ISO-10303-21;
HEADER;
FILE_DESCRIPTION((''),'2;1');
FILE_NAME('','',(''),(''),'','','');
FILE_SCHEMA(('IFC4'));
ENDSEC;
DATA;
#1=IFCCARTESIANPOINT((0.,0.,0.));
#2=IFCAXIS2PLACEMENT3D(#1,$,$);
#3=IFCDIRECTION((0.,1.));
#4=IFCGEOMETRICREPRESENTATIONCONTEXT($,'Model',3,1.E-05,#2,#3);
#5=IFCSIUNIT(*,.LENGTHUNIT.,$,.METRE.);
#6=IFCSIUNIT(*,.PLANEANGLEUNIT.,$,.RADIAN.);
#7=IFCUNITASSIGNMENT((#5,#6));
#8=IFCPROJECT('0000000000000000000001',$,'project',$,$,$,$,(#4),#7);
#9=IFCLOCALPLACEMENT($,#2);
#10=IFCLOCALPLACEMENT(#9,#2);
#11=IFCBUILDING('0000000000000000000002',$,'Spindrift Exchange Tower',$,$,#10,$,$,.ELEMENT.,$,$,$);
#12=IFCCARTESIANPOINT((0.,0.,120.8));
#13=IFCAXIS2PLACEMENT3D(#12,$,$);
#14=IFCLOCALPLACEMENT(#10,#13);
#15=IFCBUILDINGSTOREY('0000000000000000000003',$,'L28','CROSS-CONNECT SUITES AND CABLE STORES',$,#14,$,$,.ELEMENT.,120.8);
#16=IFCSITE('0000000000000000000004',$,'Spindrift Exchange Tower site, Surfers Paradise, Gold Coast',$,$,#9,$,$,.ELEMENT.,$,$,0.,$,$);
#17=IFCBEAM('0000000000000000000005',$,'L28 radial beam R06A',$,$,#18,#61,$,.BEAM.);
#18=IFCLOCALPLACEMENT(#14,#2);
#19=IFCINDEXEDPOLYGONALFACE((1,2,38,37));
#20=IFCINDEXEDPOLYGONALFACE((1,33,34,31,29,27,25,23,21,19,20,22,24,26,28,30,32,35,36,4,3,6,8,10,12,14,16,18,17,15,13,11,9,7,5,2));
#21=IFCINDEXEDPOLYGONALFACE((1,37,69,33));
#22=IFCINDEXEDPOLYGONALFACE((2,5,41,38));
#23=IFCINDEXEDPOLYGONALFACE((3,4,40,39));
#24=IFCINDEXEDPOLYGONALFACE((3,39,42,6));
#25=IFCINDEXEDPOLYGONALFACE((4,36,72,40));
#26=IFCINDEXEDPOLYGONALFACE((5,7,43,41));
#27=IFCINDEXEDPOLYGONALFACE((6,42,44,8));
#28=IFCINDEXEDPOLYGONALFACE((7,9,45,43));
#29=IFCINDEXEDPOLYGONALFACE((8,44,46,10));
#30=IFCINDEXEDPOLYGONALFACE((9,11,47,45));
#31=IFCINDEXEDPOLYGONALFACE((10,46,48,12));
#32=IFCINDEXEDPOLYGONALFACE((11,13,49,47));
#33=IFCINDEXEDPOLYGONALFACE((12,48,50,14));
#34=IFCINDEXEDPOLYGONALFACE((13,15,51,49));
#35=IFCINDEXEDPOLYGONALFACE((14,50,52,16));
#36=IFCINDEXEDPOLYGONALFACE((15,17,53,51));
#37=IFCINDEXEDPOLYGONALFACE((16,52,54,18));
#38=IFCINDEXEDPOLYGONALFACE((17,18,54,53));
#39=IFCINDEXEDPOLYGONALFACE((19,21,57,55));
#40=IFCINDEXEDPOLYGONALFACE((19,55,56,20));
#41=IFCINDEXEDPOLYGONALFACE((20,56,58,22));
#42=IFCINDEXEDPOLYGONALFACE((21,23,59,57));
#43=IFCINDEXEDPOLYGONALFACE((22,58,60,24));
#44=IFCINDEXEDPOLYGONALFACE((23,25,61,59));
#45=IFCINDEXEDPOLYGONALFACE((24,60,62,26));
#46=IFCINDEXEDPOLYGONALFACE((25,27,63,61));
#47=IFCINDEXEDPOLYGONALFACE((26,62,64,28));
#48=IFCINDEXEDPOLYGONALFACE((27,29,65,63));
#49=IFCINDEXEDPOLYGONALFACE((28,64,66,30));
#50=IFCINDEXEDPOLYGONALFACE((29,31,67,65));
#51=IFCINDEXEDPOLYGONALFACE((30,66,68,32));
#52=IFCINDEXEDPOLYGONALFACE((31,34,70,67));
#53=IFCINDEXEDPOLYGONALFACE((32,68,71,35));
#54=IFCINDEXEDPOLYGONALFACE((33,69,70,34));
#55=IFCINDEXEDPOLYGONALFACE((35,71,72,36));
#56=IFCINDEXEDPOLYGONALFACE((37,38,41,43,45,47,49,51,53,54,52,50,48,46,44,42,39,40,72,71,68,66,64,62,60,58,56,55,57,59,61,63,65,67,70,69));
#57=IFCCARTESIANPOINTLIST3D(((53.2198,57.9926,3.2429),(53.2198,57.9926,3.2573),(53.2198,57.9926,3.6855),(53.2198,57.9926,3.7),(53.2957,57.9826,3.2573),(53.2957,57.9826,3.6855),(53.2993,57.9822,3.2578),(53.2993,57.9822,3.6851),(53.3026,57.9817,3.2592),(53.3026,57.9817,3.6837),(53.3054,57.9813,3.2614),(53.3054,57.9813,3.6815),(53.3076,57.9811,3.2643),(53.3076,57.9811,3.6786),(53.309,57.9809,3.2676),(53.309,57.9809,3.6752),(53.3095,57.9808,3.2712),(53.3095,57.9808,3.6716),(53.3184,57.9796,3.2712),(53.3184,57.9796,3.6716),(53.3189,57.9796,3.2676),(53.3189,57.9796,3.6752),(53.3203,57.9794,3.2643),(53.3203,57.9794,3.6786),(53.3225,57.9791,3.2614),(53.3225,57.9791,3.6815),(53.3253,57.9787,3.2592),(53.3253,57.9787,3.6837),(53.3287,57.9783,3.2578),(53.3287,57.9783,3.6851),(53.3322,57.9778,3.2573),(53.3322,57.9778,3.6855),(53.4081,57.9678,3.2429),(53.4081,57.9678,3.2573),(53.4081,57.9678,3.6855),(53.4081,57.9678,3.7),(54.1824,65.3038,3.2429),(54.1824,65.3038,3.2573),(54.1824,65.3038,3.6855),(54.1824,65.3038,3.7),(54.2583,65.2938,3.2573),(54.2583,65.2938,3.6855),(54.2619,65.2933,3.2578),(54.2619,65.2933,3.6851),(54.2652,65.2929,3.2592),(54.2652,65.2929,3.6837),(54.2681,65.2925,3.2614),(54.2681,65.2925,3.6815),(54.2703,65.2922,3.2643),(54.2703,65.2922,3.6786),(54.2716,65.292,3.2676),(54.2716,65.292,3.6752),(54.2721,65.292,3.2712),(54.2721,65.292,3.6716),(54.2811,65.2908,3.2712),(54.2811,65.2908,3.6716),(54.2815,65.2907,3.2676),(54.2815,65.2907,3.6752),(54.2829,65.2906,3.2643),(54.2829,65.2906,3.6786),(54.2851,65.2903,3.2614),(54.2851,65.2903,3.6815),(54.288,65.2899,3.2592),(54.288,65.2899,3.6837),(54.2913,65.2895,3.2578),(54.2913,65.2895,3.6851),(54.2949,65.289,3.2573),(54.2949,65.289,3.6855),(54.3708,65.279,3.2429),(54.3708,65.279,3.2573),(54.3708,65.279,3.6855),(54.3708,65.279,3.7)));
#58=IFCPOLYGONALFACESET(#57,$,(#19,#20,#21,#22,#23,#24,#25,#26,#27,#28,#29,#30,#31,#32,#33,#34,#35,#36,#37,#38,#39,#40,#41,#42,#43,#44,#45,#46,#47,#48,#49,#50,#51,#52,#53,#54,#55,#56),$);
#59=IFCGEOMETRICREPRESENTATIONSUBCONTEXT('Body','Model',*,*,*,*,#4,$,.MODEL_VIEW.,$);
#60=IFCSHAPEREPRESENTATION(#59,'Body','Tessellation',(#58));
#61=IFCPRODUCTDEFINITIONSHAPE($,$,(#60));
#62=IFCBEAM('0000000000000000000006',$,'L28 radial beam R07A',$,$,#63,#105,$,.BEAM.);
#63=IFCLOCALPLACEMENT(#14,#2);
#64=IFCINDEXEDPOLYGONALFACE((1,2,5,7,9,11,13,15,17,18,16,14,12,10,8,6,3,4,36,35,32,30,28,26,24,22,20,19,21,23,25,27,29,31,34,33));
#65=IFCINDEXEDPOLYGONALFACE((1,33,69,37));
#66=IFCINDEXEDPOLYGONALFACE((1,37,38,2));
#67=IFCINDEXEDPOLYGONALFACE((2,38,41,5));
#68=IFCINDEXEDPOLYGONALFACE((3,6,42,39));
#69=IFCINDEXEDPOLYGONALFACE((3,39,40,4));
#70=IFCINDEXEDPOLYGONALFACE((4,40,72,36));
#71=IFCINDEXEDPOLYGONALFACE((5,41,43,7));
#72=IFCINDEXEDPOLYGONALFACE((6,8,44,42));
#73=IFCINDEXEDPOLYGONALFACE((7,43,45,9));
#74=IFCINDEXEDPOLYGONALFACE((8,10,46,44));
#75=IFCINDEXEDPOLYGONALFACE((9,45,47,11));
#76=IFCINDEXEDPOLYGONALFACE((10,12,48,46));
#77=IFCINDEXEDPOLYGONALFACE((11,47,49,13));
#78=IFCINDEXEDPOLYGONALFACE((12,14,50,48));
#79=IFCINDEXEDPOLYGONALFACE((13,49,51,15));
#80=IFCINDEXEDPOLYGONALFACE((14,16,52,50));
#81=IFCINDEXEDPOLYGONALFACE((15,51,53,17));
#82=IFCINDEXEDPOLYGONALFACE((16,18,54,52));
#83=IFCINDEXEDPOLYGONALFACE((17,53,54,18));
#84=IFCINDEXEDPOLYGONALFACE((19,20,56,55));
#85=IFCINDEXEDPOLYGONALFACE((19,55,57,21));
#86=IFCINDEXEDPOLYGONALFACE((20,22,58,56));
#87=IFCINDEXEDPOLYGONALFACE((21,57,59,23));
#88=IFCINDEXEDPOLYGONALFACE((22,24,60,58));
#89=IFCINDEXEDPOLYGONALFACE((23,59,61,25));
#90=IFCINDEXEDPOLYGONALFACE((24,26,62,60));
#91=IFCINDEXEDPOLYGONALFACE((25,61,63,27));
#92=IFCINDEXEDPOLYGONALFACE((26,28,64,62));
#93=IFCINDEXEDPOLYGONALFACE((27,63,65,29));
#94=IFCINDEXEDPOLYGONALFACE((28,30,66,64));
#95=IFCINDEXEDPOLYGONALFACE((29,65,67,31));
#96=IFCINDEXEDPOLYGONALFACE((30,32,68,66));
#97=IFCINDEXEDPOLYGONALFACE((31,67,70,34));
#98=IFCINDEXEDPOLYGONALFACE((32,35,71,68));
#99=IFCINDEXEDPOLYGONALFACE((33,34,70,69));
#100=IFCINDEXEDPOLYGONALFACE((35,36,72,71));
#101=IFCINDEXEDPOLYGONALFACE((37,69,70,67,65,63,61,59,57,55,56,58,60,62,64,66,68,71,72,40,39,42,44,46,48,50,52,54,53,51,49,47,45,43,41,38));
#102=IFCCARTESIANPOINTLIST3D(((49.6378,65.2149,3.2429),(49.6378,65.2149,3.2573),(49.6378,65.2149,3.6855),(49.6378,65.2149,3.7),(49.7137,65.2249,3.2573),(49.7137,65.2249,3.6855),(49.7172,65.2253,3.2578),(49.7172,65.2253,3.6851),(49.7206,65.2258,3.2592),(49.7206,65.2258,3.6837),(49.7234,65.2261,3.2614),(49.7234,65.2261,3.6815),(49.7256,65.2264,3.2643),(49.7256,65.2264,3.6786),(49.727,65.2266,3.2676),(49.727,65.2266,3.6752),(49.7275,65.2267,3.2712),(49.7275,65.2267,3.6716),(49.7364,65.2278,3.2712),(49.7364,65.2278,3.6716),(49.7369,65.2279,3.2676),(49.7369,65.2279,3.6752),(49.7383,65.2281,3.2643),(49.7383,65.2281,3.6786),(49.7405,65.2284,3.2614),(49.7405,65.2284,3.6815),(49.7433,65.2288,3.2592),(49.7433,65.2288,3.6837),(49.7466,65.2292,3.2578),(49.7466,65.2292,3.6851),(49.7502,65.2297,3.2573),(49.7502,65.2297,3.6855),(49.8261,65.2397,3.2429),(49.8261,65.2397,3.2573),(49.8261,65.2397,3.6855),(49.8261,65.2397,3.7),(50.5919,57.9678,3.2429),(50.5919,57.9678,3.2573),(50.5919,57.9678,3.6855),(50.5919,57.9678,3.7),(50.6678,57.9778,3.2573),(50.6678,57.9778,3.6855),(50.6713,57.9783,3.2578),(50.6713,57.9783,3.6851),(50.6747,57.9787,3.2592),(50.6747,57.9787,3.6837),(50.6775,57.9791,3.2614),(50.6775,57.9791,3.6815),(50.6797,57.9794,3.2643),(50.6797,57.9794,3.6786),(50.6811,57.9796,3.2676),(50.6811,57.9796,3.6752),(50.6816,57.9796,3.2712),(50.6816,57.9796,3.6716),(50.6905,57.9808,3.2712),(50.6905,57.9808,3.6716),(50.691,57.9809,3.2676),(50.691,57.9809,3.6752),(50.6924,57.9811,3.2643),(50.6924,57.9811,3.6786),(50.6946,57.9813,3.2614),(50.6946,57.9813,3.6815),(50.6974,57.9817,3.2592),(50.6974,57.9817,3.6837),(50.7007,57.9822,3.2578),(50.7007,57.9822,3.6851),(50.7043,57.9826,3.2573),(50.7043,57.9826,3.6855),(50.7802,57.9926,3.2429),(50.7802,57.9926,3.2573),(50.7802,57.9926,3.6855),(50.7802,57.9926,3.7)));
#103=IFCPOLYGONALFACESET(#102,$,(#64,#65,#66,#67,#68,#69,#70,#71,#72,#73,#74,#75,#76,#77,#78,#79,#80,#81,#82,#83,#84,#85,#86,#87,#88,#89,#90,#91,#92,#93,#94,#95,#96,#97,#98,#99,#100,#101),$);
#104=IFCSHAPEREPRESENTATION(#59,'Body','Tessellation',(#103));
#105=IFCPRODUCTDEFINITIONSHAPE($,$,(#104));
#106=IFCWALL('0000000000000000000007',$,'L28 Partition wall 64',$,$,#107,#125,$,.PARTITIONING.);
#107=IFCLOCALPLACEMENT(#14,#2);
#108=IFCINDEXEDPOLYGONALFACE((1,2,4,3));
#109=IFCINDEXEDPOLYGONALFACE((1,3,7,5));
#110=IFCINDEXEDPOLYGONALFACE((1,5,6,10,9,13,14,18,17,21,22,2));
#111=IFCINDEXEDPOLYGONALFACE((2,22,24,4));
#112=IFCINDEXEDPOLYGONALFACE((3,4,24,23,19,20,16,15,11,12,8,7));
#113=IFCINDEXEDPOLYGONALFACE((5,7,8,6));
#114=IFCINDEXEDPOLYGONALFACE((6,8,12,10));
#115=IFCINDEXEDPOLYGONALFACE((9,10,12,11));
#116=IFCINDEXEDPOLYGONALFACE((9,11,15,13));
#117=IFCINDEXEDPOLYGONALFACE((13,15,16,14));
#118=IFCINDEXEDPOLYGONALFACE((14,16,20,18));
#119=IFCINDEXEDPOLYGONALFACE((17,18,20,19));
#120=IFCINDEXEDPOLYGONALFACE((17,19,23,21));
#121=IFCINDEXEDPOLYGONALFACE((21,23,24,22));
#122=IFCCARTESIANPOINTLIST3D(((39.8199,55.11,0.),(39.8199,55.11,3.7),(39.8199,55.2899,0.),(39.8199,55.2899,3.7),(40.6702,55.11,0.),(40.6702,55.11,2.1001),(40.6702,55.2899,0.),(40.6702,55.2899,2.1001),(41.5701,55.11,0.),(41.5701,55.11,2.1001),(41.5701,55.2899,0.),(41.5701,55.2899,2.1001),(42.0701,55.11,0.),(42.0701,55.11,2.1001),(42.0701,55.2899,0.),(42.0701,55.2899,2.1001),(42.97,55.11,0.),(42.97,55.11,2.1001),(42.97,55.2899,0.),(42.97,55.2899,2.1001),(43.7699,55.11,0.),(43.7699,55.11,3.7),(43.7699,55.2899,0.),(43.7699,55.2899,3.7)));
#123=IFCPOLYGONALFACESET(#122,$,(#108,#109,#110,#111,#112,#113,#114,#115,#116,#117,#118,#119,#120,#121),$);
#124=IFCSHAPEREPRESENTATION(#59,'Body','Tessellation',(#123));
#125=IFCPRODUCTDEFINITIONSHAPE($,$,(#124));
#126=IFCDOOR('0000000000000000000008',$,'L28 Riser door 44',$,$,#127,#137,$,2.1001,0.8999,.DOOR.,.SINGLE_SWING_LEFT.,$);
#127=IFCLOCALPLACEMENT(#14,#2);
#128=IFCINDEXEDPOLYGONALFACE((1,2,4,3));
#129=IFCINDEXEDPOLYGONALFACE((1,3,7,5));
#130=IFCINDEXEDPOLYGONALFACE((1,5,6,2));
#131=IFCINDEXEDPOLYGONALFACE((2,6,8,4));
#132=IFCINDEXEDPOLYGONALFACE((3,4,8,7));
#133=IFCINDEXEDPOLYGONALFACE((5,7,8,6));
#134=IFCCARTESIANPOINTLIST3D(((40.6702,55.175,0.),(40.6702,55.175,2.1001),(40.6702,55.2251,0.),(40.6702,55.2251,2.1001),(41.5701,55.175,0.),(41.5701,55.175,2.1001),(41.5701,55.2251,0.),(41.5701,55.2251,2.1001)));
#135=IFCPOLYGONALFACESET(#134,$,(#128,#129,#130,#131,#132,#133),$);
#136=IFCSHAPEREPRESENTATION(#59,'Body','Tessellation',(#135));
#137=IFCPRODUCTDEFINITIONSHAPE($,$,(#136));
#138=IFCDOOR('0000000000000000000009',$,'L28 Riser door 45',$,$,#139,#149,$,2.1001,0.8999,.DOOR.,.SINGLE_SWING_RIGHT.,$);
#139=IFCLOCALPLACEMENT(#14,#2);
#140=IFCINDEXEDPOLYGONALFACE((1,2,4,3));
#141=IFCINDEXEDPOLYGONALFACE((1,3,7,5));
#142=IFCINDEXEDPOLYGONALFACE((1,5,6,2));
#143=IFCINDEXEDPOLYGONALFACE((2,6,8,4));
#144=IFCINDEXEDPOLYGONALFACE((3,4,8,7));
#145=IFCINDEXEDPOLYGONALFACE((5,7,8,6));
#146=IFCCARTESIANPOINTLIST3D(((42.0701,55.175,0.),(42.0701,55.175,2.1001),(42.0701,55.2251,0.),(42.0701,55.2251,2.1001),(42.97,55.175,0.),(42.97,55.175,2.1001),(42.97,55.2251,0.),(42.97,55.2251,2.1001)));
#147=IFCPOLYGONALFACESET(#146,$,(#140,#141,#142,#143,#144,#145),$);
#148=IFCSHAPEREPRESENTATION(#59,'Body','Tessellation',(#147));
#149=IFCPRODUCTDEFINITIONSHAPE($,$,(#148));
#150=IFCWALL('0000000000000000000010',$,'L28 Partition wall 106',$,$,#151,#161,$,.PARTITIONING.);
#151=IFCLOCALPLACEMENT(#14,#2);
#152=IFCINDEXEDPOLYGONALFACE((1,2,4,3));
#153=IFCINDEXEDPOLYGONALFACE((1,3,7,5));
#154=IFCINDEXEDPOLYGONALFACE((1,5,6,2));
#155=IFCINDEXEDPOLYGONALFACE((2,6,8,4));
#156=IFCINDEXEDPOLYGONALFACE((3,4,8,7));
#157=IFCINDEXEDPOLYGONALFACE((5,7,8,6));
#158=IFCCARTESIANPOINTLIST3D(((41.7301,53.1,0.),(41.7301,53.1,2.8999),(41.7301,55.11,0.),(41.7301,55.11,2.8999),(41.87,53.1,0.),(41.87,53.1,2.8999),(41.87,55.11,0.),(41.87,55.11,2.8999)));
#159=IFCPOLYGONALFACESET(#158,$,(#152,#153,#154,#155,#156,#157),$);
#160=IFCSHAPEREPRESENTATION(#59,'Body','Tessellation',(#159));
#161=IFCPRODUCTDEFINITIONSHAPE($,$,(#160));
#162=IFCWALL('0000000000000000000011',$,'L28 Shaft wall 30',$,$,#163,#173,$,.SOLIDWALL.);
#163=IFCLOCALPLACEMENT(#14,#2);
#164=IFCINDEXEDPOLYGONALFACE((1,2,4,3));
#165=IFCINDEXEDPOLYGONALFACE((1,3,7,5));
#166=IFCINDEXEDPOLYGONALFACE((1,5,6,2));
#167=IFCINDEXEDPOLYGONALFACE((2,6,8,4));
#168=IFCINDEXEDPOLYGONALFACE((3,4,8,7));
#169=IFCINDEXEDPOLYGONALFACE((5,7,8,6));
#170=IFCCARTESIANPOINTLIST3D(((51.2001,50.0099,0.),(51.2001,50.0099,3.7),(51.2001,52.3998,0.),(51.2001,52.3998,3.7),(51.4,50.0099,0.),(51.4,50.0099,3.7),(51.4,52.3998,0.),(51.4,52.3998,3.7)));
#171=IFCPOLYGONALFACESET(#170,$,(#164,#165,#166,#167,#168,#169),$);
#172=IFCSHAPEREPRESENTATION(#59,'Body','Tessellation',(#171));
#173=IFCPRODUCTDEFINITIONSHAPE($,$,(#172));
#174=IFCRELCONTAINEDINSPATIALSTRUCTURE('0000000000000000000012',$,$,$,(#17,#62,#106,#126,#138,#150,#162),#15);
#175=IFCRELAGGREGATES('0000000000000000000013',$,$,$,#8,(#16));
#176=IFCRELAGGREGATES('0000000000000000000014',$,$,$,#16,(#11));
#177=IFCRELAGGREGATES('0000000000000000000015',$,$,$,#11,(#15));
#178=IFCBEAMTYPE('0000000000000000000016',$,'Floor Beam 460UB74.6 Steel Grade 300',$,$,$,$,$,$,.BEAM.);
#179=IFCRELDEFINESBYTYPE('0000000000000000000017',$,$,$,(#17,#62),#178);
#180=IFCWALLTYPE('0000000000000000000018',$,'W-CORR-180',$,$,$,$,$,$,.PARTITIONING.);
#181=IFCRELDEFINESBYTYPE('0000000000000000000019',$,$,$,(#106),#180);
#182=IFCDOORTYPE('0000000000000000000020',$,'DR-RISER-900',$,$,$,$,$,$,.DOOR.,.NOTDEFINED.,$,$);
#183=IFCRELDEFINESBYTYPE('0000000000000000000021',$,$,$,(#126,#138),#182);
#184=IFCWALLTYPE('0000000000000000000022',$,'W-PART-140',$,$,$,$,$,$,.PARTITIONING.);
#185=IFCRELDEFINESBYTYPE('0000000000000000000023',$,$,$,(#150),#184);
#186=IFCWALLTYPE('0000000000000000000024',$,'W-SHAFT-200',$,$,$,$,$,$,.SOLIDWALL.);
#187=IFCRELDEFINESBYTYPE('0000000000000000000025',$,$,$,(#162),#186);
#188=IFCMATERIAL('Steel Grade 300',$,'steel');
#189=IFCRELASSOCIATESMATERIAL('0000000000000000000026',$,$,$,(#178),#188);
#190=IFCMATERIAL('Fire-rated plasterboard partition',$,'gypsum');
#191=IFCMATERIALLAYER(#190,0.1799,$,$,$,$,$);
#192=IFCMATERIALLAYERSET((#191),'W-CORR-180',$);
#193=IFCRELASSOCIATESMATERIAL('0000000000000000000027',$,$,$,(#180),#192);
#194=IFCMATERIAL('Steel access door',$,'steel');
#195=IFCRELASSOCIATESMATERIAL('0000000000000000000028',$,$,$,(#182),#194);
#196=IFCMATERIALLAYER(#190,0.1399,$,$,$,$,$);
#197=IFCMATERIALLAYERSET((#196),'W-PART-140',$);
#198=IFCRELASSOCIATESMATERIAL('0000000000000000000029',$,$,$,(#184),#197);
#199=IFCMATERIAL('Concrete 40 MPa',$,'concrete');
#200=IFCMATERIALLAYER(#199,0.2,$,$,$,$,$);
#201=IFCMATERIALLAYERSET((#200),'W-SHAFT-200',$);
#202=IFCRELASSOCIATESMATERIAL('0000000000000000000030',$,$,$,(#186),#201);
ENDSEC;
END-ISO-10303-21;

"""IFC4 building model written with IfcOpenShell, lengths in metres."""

from ifc_helpers import new_model, si_unit, direction, frame, frame_2d, origin, origin_2d, place, context, subcontext, project, spatial, rectangle, i_section, extrude, source, transform, mapped, material, layer, layer_set, material_profile, profile_set, type_object, element, fill, save


model = new_model("IFC4")

# Units and contexts
model_context = context("Model", 3, precision=1e-05, world=origin(), true_north=direction((0.0, 1.0)))
body_context = subcontext(model_context, "Body", "Model", "MODEL_VIEW")
ifc_project = project(units=[si_unit("LENGTHUNIT", "METRE"), si_unit("PLANEANGLEUNIT", "RADIAN")], contexts=[model_context])

# Site, building, storey
site_placement = place(None, origin())
site = spatial("IfcSite", under=ifc_project, at=site_placement, Name="Spindrift Exchange Tower site, Surfers Paradise, Gold Coast", CompositionType="ELEMENT", RefElevation=0.0)
building_placement = place(site_placement, origin())
building = spatial("IfcBuilding", under=site, at=building_placement, Name="Spindrift Exchange Tower", CompositionType="ELEMENT")
storey_placement = place(building_placement, frame((0.0, 0.0, 120.8)))
storey = spatial("IfcBuildingStorey", under=building, at=storey_placement, Name="L28", Description="CROSS-CONNECT SUITES AND CABLE STORES", CompositionType="ELEMENT", Elevation=120.8)

# Beams
ifc_material_1 = material(Name="Steel Grade 300", Category="steel")
ifc_material_profile = material_profile(ifc_material_1, i_section(OverallWidth=0.1899, OverallDepth=0.457, WebThickness=0.009, FlangeThickness=0.0144, FilletRadius=0.0139, at=origin_2d()), Name="460UB74.6")
ifc_profile_set = profile_set([ifc_material_profile], Name="Steel Grade 300")
beam_type = type_object("IfcBeamType", Name="Floor Beam 460UB74.6 Steel Grade 300", PredefinedType="BEAM", material=ifc_profile_set)
shared_shape_1 = source(origin(), body_context, "Body", "SweptSolid", [
    extrude(i_section(OverallWidth=0.1899, OverallDepth=0.457, WebThickness=0.009, FlangeThickness=0.0144, FilletRadius=0.0139, at=origin_2d()), origin(), (0.0, 0.0, 1.0), 7.3743),
])
beam_1_placement = place(storey_placement, frame((53.314, 57.9802, 3.4714), z_axis=(0.130539, 0.991443, 0.0), x_axis=(-0.991443, 0.130539, 0.0)))
element("IfcBeam", 1, at=beam_1_placement, inside=storey, type_object=beam_type, Name="L28 radial beam R06A", PredefinedType="BEAM", context=body_context, shape_type="MappedRepresentation", body=[
    mapped(shared_shape_1, transform((0.0, 0.0, 0.0), scale=1.0)),
])
shared_shape_2 = source(origin(), body_context, "Body", "SweptSolid", [
    extrude(i_section(OverallWidth=0.1899, OverallDepth=0.457, WebThickness=0.009, FlangeThickness=0.0144, FilletRadius=0.0139, at=origin_2d()), origin(), (0.0, 0.0, 1.0), 7.3096),
])
beam_2_placement = place(storey_placement, frame((50.686, 57.9802, 3.4714), z_axis=(-0.130527, 0.991445, 0.0), x_axis=(-0.991445, -0.130527, 0.0)))
element("IfcBeam", 2, at=beam_2_placement, inside=storey, type_object=beam_type, Name="L28 radial beam R07A", PredefinedType="BEAM", context=body_context, shape_type="MappedRepresentation", body=[
    mapped(shared_shape_2, transform((0.0, 0.0, 0.0), scale=1.0)),
])

# Wall, openings, doors
ifc_material_2 = material(Name="Fire-rated plasterboard partition", Category="gypsum")
ifc_layer_1 = layer(ifc_material_2, 0.1799)
ifc_layer_set_1 = layer_set([ifc_layer_1], Name="W-CORR-180")
wall_type_1 = type_object("IfcWallType", Name="W-CORR-180", PredefinedType="PARTITIONING", material=ifc_layer_set_1)
wall_1_placement = place(storey_placement, frame((43.77, 55.2, 0.0), z_axis=(0.0, 0.0, 1.0), x_axis=(-1.0, 0.0, 0.0)))
wall_1 = element("IfcWall", 3, at=wall_1_placement, inside=storey, type_object=wall_type_1, Name="L28 Partition wall 64", PredefinedType="PARTITIONING", context=body_context, shape_type="SweptSolid", body=[
    extrude(rectangle(XDim=3.95, YDim=0.1799, at=frame_2d((1.9751, 0.0))), origin(), (0.0, 0.0, 1.0), 3.7),
])
opening_1_placement = place(wall_1_placement, frame((2.2, 0.0, 0.0)))
opening_1 = element("IfcOpeningElement", 4, at=opening_1_placement, cuts=wall_1, PredefinedType="OPENING", context=body_context, shape_type="SweptSolid", body=[
    extrude(rectangle(XDim=0.8999, YDim=2.1001, at=frame_2d((0.45, 1.05))), frame((0.0, 0.0999, 0.0), z_axis=(0.0, -1.0, 0.0), x_axis=(1.0, 0.0, 0.0)), (0.0, 0.0, 1.0), 0.2),
])
opening_2_placement = place(wall_1_placement, frame((0.8, 0.0, 0.0)))
opening_2 = element("IfcOpeningElement", 5, at=opening_2_placement, cuts=wall_1, PredefinedType="OPENING", context=body_context, shape_type="SweptSolid", body=[
    extrude(rectangle(XDim=0.8999, YDim=2.1001, at=frame_2d((0.45, 1.05))), frame((0.0, 0.0999, 0.0), z_axis=(0.0, -1.0, 0.0), x_axis=(1.0, 0.0, 0.0)), (0.0, 0.0, 1.0), 0.2),
])
ifc_material_3 = material(Name="Steel access door", Category="steel")
door_type_1 = type_object("IfcDoorType", Name="DR-RISER-900", OperationType="NOTDEFINED", PredefinedType="DOOR", material=ifc_material_3)
shared_shape_3 = source(origin(), body_context, "Body", "SweptSolid", [
    extrude(rectangle(XDim=0.8999, YDim=2.1001, at=frame_2d((0.45, 1.05))), frame((0.0, 0.0249, 0.0), z_axis=(0.0, -1.0, 0.0), x_axis=(1.0, 0.0, 0.0)), (0.0, 0.0, 1.0), 0.05),
])
door_1_placement = place(opening_1_placement, origin())
door_1 = element("IfcDoor", 6, at=door_1_placement, inside=storey, type_object=door_type_1, Name="L28 Riser door 44", OperationType="SINGLE_SWING_LEFT", OverallHeight=2.1001, OverallWidth=0.8999, PredefinedType="DOOR", context=body_context, shape_type="MappedRepresentation", body=[
    mapped(shared_shape_3, transform((0.0, 0.0, 0.0), scale=1.0)),
])
fill(opening_1, door_1)
door_2_placement = place(opening_2_placement, origin())
door_2 = element("IfcDoor", 7, at=door_2_placement, inside=storey, type_object=door_type_1, Name="L28 Riser door 45", OperationType="SINGLE_SWING_RIGHT", OverallHeight=2.1001, OverallWidth=0.8999, PredefinedType="DOOR", context=body_context, shape_type="MappedRepresentation", body=[
    mapped(shared_shape_3, transform((0.0, 0.0, 0.0), scale=1.0)),
])
fill(opening_2, door_2)

# Walls
ifc_layer_2 = layer(ifc_material_2, 0.1399)
ifc_layer_set_2 = layer_set([ifc_layer_2], Name="W-PART-140")
wall_type_2 = type_object("IfcWallType", Name="W-PART-140", PredefinedType="PARTITIONING", material=ifc_layer_set_2)
wall_2_placement = place(storey_placement, frame((41.8, 53.1001, 0.0), z_axis=(0.0, 0.0, 1.0), x_axis=(0.0, 1.0, 0.0)))
element("IfcWall", 8, at=wall_2_placement, inside=storey, type_object=wall_type_2, Name="L28 Partition wall 106", PredefinedType="PARTITIONING", context=body_context, shape_type="SweptSolid", body=[
    extrude(rectangle(XDim=2.01, YDim=0.1399, at=frame_2d((1.0049, 0.0))), origin(), (0.0, 0.0, 1.0), 2.8999),
])
ifc_material_4 = material(Name="Concrete 40 MPa", Category="concrete")
ifc_layer_3 = layer(ifc_material_4, 0.2)
ifc_layer_set_3 = layer_set([ifc_layer_3], Name="W-SHAFT-200")
wall_type_3 = type_object("IfcWallType", Name="W-SHAFT-200", PredefinedType="SOLIDWALL", material=ifc_layer_set_3)
for number, where, z_axis, x_axis, name in (
    (9, (51.3, 50.01, 0.0), (0.0, 0.0, 1.0), (0.0, 1.0, 0.0), "L28 Shaft wall 30"),
):
    element("IfcWall", number, at=place(storey_placement, frame(where, z_axis=z_axis, x_axis=x_axis)), inside=storey, type_object=wall_type_3, Name=name, PredefinedType="SOLIDWALL", context=body_context, shape_type="SweptSolid", body=[
        extrude(rectangle(XDim=2.3899, YDim=0.2, at=frame_2d((1.1948, 0.0))), origin(), (0.0, 0.0, 1.0), 3.7),
    ])

save(model, "model.ifc")
